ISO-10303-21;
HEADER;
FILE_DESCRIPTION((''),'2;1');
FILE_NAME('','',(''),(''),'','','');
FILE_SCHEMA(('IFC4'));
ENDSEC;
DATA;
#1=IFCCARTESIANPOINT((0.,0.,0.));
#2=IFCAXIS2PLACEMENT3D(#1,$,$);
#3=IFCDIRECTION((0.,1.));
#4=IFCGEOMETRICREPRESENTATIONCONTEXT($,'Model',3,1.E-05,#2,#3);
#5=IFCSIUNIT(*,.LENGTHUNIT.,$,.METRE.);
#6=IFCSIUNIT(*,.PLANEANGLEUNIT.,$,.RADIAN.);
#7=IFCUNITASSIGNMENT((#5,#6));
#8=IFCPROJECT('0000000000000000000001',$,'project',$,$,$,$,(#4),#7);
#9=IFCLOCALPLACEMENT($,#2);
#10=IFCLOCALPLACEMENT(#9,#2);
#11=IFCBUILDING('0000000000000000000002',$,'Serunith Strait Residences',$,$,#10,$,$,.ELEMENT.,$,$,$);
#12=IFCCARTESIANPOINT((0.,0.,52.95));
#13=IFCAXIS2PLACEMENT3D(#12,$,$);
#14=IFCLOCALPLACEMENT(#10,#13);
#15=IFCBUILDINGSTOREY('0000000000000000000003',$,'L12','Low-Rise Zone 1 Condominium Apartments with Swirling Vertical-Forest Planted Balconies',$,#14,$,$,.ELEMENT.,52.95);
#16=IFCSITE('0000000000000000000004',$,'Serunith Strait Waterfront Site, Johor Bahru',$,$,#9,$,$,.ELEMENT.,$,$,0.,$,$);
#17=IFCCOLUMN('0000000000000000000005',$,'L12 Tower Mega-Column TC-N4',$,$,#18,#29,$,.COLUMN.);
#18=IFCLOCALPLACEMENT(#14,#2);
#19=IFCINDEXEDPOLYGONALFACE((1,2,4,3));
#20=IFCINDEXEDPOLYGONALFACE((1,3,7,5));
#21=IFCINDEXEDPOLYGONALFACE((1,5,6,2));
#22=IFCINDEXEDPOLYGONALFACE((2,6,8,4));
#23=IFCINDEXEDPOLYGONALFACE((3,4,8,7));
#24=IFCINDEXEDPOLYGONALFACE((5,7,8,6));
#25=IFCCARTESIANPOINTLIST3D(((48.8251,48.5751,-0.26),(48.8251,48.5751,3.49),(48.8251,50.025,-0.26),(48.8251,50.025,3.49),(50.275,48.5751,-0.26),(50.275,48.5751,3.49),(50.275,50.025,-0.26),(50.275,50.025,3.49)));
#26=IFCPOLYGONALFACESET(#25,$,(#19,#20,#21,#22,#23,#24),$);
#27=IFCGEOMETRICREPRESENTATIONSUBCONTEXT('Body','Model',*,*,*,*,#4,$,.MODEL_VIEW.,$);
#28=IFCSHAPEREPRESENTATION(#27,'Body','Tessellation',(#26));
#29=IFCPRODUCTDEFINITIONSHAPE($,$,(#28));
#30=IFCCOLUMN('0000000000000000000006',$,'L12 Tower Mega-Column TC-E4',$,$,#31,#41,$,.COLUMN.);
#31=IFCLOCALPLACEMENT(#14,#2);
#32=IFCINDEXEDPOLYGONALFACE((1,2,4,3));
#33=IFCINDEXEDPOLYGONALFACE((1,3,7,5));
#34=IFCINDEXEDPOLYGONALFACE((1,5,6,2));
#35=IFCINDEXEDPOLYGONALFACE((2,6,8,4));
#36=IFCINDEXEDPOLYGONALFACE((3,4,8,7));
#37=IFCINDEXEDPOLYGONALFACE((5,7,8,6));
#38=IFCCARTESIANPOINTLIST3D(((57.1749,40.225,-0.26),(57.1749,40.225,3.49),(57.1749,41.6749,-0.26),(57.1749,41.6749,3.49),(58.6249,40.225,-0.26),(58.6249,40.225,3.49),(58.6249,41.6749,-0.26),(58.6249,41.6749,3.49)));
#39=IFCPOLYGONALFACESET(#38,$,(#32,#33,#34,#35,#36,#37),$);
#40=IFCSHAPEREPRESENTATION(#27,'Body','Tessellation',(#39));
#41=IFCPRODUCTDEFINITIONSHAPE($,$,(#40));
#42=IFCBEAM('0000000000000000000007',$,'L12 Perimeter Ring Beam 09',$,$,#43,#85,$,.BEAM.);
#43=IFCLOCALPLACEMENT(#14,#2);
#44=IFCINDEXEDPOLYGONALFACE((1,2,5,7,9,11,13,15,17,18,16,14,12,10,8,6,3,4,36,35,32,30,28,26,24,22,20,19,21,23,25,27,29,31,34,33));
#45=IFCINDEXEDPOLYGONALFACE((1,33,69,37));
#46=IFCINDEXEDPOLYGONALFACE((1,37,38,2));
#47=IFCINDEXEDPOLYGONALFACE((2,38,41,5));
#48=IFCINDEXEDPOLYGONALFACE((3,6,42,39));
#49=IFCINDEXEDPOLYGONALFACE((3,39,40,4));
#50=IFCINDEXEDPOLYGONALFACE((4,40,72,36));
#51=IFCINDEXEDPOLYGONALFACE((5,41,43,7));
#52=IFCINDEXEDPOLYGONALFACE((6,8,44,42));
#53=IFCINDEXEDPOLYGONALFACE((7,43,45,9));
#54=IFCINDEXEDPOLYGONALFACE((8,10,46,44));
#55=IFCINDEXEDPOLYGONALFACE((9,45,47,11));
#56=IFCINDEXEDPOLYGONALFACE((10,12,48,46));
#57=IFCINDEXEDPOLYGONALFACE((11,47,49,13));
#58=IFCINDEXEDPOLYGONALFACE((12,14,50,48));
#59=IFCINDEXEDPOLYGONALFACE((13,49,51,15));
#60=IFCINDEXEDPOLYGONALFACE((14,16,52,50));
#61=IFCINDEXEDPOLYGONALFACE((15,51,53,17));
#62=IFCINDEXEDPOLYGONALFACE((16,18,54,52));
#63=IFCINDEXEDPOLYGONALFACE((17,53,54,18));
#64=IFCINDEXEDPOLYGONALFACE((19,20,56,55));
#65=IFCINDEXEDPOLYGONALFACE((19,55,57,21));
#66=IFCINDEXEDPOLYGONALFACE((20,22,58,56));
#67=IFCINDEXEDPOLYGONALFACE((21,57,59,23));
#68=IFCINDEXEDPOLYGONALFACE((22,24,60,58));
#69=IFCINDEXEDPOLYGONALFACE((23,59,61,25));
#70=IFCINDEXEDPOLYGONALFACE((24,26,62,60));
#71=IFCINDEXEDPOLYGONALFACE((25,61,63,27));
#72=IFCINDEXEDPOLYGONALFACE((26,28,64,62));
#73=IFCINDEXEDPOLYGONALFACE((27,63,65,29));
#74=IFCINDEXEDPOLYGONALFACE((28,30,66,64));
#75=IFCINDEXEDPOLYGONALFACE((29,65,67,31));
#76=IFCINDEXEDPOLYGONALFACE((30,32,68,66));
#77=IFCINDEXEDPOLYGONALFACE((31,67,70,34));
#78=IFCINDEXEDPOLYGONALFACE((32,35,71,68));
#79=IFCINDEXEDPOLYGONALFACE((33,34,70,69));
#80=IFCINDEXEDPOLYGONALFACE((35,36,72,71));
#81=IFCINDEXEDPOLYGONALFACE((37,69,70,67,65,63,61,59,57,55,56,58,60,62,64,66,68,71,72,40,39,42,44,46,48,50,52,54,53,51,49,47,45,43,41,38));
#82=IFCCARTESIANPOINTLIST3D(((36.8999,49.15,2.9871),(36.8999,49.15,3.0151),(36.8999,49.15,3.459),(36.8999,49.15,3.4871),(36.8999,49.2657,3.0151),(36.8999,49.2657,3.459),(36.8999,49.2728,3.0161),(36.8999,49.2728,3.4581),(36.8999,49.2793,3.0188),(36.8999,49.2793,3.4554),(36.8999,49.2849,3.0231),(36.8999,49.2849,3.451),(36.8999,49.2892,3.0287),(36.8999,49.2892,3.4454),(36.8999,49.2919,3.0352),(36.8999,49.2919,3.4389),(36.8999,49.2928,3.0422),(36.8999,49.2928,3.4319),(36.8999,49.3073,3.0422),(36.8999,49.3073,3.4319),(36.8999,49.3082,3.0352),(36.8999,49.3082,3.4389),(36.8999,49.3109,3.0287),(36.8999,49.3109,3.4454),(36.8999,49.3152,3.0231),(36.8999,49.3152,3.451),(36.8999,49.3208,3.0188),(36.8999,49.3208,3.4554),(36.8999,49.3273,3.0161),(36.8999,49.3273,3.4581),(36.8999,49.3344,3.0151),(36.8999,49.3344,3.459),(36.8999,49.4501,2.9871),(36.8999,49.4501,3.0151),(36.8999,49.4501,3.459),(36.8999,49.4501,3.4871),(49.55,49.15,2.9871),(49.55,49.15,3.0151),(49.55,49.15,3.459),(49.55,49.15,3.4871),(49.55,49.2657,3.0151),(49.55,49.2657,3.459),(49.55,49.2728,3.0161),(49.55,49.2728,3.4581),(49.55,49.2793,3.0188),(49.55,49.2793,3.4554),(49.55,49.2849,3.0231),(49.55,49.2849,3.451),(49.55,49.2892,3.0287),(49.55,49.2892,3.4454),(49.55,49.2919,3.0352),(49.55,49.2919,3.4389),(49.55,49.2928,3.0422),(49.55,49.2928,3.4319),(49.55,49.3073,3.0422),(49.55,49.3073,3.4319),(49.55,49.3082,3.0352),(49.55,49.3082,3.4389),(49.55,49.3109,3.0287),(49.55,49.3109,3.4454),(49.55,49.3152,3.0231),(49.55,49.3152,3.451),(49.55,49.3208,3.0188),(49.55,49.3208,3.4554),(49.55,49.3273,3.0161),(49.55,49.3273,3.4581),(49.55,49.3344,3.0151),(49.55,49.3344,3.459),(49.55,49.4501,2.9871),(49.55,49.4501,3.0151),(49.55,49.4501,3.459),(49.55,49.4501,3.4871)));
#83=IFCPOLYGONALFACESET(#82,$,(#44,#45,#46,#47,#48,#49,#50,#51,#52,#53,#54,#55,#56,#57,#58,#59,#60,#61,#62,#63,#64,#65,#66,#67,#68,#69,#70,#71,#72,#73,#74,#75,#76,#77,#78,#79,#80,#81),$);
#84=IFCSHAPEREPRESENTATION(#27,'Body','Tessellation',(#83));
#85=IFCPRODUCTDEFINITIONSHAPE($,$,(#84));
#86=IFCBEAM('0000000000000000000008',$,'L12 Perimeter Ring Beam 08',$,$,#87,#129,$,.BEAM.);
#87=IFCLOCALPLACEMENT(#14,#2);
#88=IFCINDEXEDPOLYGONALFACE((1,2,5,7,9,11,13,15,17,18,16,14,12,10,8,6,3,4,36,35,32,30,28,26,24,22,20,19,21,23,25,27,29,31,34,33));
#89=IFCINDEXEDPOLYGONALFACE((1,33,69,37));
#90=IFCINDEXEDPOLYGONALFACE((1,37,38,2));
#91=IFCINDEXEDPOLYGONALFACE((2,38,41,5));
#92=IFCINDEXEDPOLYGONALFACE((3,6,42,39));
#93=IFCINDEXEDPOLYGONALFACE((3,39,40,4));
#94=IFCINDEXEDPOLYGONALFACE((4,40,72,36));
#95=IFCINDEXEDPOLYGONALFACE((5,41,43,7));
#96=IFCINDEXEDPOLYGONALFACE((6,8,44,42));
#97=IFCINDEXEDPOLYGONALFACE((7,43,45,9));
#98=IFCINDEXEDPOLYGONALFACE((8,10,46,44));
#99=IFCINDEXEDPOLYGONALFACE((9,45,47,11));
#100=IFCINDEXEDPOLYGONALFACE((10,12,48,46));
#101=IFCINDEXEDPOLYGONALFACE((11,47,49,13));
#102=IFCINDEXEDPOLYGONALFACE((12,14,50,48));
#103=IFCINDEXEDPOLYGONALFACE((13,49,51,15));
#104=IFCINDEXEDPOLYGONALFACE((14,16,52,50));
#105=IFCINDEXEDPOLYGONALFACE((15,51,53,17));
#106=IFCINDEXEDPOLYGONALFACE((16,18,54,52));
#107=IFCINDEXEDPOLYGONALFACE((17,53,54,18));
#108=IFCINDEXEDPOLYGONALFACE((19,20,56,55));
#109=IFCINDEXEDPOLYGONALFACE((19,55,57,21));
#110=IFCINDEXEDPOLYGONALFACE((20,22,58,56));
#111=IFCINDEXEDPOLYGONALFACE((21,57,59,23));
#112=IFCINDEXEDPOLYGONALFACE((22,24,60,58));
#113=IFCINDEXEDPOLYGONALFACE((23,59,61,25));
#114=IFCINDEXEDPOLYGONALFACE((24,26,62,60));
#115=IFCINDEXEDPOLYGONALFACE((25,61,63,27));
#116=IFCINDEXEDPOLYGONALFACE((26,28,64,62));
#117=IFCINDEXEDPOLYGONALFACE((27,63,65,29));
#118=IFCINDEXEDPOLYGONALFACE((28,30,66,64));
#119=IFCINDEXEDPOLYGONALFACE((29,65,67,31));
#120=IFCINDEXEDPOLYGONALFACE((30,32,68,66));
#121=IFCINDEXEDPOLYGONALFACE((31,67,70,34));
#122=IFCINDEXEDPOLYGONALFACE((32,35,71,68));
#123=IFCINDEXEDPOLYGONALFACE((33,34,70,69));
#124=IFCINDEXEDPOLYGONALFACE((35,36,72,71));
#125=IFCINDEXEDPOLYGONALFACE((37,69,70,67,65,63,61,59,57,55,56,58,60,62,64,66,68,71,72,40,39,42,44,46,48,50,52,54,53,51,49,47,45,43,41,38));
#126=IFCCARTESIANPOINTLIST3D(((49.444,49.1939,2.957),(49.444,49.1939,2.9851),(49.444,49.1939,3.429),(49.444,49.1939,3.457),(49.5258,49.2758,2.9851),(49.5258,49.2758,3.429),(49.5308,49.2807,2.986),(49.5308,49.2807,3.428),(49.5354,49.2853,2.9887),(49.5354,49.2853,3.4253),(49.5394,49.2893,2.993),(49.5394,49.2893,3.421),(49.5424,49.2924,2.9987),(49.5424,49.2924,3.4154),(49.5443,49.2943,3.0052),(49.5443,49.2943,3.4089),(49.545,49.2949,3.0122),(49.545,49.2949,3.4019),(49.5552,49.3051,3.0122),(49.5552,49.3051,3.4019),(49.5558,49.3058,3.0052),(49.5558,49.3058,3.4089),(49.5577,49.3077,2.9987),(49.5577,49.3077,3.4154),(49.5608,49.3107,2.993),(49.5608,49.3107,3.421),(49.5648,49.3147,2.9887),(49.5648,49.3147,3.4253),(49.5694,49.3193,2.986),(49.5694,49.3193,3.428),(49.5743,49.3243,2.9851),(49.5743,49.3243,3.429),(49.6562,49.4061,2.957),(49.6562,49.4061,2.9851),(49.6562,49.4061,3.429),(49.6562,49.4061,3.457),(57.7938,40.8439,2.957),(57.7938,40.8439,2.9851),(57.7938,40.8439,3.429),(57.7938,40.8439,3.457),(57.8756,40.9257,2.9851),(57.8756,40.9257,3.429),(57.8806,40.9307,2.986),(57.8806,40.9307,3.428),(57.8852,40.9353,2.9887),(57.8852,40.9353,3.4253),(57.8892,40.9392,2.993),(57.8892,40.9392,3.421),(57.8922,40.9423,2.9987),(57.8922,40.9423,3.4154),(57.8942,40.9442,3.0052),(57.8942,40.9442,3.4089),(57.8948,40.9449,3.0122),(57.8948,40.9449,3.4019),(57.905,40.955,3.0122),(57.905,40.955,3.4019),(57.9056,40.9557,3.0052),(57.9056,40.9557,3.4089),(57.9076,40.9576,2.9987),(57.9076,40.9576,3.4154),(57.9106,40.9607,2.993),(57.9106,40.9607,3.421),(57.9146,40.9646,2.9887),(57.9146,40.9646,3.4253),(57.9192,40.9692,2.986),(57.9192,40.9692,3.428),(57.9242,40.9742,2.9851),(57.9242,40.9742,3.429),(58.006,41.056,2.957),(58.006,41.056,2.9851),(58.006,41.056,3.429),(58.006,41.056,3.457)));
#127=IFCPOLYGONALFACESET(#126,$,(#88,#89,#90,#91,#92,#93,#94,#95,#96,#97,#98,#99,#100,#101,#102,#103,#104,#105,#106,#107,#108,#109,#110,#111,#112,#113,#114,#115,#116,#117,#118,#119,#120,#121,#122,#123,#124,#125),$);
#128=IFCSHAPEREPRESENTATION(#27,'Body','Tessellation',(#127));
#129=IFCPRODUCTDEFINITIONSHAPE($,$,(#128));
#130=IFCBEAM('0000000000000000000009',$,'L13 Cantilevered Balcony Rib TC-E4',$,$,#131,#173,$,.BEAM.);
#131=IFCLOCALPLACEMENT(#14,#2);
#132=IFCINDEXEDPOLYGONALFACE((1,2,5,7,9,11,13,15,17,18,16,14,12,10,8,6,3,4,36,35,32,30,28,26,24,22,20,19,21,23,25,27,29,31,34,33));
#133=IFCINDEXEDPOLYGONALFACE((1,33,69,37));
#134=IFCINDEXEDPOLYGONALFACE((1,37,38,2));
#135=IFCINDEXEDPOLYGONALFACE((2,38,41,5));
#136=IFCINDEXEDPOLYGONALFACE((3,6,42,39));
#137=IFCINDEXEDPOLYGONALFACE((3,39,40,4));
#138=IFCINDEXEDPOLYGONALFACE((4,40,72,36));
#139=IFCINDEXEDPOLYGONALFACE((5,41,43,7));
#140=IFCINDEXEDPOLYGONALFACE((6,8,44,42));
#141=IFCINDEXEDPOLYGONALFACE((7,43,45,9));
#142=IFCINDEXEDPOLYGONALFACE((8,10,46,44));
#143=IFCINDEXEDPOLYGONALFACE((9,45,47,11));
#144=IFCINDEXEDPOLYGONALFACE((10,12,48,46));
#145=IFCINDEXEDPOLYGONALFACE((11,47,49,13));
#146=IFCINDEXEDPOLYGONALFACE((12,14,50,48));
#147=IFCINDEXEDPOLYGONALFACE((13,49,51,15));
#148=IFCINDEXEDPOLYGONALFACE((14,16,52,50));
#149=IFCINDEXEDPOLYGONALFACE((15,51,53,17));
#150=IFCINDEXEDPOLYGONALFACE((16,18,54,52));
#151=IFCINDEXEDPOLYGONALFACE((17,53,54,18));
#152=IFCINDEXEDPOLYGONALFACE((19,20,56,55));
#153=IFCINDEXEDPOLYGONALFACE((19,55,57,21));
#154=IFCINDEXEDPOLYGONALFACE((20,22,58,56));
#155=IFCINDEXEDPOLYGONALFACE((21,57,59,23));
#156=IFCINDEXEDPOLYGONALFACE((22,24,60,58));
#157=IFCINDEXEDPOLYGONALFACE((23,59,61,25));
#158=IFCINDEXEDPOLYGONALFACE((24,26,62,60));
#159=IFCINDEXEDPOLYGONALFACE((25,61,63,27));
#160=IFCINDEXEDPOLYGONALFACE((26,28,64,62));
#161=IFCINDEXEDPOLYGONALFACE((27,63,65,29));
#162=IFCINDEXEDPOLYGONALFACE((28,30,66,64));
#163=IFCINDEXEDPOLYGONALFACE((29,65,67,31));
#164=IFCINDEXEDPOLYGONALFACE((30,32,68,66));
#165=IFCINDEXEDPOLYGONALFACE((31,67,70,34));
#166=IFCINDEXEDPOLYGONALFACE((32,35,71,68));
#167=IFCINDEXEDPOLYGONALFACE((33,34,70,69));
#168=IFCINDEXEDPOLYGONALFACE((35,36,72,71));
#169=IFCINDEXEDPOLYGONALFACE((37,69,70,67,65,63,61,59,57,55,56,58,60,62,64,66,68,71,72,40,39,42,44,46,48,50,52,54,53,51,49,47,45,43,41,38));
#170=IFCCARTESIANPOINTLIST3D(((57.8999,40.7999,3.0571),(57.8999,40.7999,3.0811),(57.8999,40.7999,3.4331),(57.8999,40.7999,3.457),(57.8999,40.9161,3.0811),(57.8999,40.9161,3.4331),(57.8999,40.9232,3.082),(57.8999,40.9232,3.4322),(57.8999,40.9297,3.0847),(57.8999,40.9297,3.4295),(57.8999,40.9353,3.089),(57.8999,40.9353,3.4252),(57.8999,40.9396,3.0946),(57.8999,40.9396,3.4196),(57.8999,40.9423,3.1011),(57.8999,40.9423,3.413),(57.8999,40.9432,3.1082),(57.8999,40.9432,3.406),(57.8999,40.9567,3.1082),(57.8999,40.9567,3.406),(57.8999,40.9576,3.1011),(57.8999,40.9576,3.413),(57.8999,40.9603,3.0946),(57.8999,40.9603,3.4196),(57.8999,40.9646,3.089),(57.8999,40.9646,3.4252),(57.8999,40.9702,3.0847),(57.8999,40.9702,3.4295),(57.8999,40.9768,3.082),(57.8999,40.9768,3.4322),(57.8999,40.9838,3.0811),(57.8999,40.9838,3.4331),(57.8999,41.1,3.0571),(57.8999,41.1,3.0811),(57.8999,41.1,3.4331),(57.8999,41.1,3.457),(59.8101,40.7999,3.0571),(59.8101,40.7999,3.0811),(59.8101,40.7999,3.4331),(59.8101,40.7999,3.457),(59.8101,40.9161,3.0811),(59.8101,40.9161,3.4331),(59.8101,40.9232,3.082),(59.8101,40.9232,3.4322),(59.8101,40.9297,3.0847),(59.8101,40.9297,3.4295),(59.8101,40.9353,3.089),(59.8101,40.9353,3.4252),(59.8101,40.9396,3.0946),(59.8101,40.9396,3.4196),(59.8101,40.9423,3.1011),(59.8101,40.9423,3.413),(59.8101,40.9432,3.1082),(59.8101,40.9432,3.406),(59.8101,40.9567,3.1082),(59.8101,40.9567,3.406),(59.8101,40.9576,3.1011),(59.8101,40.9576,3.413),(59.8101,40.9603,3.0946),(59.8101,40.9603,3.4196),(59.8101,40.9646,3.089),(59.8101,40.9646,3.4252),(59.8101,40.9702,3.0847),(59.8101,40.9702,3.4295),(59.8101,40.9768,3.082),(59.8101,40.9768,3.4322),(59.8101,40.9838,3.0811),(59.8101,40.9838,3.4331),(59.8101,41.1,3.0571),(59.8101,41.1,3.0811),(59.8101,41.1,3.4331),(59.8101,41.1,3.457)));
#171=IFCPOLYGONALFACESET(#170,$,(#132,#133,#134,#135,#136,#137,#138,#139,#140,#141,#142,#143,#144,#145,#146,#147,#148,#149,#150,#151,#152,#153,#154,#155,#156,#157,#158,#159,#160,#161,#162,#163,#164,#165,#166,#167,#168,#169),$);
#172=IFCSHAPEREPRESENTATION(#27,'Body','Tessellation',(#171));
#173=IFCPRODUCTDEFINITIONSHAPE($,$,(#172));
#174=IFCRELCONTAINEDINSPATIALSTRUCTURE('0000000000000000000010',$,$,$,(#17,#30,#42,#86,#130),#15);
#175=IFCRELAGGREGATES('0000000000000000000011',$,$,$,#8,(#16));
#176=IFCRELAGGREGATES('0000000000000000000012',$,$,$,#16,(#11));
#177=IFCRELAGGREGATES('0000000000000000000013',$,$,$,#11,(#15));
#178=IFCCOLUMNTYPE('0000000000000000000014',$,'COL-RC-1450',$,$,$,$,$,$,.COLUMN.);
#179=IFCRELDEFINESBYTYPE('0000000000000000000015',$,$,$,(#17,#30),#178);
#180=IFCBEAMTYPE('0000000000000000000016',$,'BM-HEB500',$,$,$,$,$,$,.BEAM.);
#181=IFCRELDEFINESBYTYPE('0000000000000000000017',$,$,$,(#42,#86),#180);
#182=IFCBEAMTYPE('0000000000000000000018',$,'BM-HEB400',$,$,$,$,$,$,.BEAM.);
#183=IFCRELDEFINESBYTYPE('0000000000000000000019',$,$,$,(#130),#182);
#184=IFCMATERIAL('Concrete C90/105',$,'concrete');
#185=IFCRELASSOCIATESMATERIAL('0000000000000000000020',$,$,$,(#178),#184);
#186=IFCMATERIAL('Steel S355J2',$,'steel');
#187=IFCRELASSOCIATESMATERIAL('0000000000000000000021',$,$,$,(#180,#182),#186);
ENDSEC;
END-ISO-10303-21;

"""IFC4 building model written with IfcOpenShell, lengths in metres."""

from ifc_helpers import new_model, si_unit, direction, frame, origin, origin_2d, place, context, subcontext, project, spatial, rectangle, i_section, extrude, source, transform, mapped, material, material_profile, profile_set, type_object, element, save


model = new_model("IFC4")

# Units and contexts
model_context = context("Model", 3, precision=1e-05, world=origin(), true_north=direction((0.0, 1.0)))
body_context = subcontext(model_context, "Body", "Model", "MODEL_VIEW")
ifc_project = project(units=[si_unit("LENGTHUNIT", "METRE"), si_unit("PLANEANGLEUNIT", "RADIAN")], contexts=[model_context])

# Site, building, storey
site_placement = place(None, origin())
site = spatial("IfcSite", under=ifc_project, at=site_placement, Name="Serunith Strait Waterfront Site, Johor Bahru", CompositionType="ELEMENT", RefElevation=0.0)
building_placement = place(site_placement, origin())
building = spatial("IfcBuilding", under=site, at=building_placement, Name="Serunith Strait Residences", CompositionType="ELEMENT")
storey_placement = place(building_placement, frame((0.0, 0.0, 52.95)))
storey = spatial("IfcBuildingStorey", under=building, at=storey_placement, Name="L12", Description="Low-Rise Zone 1 Condominium Apartments with Swirling Vertical-Forest Planted Balconies", CompositionType="ELEMENT", Elevation=52.95)

# Columns
ifc_material_1 = material(Name="Concrete C90/105", Category="concrete")
ifc_material_profile_1 = material_profile(ifc_material_1, rectangle(XDim=1.45, YDim=1.45, at=origin_2d()), Name="RC 1450x1450")
ifc_profile_set_1 = profile_set([ifc_material_profile_1], Name="Concrete C90/105")
column_type = type_object("IfcColumnType", Name="COL-RC-1450", PredefinedType="COLUMN", material=ifc_profile_set_1)
shared_shape_1 = source(origin(), body_context, "Body", "SweptSolid", [
    extrude(rectangle(XDim=1.45, YDim=1.45, at=origin_2d()), origin(), (0.0, 0.0, 1.0), 3.75),
])
for number, where, z_axis, x_axis, name in (
    (1, (49.55, 49.3, -0.26), (0.0, 0.0, 1.0), (1.0, 0.0, 0.0), "L12 Tower Mega-Column TC-N4"),
    (2, (57.8999, 40.95, -0.26), (0.0, 0.0, 1.0), (1.0, 0.0, 0.0), "L12 Tower Mega-Column TC-E4"),
):
    element("IfcColumn", number, at=place(storey_placement, frame(where, z_axis=z_axis, x_axis=x_axis)), inside=storey, type_object=column_type, Name=name, PredefinedType="COLUMN", context=body_context, shape_type="MappedRepresentation", body=[
        mapped(shared_shape_1, transform((0.0, 0.0, 0.0), scale=1.0)),
    ])

# Beams
ifc_material_2 = material(Name="Steel S355J2", Category="steel")
ifc_material_profile_2 = material_profile(ifc_material_2, i_section(OverallWidth=0.3, OverallDepth=0.5, WebThickness=0.0144, FlangeThickness=0.0281, FilletRadius=0.0271, at=origin_2d()), Name="HEB 500")
ifc_profile_set_2 = profile_set([ifc_material_profile_2], Name="Steel S355J2")
beam_type_1 = type_object("IfcBeamType", Name="BM-HEB500", PredefinedType="BEAM", material=ifc_profile_set_2)
shared_shape_2 = source(origin(), body_context, "Body", "SweptSolid", [
    extrude(i_section(OverallWidth=0.3, OverallDepth=0.5, WebThickness=0.0144, FlangeThickness=0.0281, FilletRadius=0.0271, at=origin_2d()), origin(), (0.0, 0.0, 1.0), 12.6501),
])
beam_1_placement = place(storey_placement, frame((49.55, 49.3, 3.2371), z_axis=(-1.0, 0.0, 0.0), x_axis=(0.0, -1.0, 0.0)))
element("IfcBeam", 3, at=beam_1_placement, inside=storey, type_object=beam_type_1, Name="L12 Perimeter Ring Beam 09", PredefinedType="BEAM", context=body_context, shape_type="MappedRepresentation", body=[
    mapped(shared_shape_2, transform((0.0, 0.0, 0.0), scale=1.0)),
])
shared_shape_3 = source(origin(), body_context, "Body", "SweptSolid", [
    extrude(i_section(OverallWidth=0.3, OverallDepth=0.5, WebThickness=0.0144, FlangeThickness=0.0281, FilletRadius=0.0271, at=origin_2d()), origin(), (0.0, 0.0, 1.0), 11.8086),
])
beam_2_placement = place(storey_placement, frame((57.8999, 40.95, 3.207), z_axis=(-0.707096, 0.707117, 0.0), x_axis=(-0.707117, -0.707096, 0.0)))
element("IfcBeam", 4, at=beam_2_placement, inside=storey, type_object=beam_type_1, Name="L12 Perimeter Ring Beam 08", PredefinedType="BEAM", context=body_context, shape_type="MappedRepresentation", body=[
    mapped(shared_shape_3, transform((0.0, 0.0, 0.0), scale=1.0)),
])
ifc_material_profile_3 = material_profile(ifc_material_2, i_section(OverallWidth=0.3, OverallDepth=0.3999, WebThickness=0.0134, FlangeThickness=0.0239, FilletRadius=0.0271, at=origin_2d()), Name="HEB 400")
ifc_profile_set_3 = profile_set([ifc_material_profile_3], Name="Steel S355J2")
beam_type_2 = type_object("IfcBeamType", Name="BM-HEB400", PredefinedType="BEAM", material=ifc_profile_set_3)
shared_shape_4 = source(origin(), body_context, "Body", "SweptSolid", [
    extrude(i_section(OverallWidth=0.3, OverallDepth=0.3999, WebThickness=0.0134, FlangeThickness=0.0239, FilletRadius=0.0271, at=origin_2d()), origin(), (0.0, 0.0, 1.0), 1.9102),
])
beam_3_placement = place(storey_placement, frame((57.8999, 40.95, 3.2571), z_axis=(1.0, 0.0, 0.0), x_axis=(0.0, 1.0, 0.0)))
element("IfcBeam", 5, at=beam_3_placement, inside=storey, type_object=beam_type_2, Name="L13 Cantilevered Balcony Rib TC-E4", PredefinedType="BEAM", context=body_context, shape_type="MappedRepresentation", body=[
    mapped(shared_shape_4, transform((0.0, 0.0, 0.0), scale=1.0)),
])

save(model, "model.ifc")
